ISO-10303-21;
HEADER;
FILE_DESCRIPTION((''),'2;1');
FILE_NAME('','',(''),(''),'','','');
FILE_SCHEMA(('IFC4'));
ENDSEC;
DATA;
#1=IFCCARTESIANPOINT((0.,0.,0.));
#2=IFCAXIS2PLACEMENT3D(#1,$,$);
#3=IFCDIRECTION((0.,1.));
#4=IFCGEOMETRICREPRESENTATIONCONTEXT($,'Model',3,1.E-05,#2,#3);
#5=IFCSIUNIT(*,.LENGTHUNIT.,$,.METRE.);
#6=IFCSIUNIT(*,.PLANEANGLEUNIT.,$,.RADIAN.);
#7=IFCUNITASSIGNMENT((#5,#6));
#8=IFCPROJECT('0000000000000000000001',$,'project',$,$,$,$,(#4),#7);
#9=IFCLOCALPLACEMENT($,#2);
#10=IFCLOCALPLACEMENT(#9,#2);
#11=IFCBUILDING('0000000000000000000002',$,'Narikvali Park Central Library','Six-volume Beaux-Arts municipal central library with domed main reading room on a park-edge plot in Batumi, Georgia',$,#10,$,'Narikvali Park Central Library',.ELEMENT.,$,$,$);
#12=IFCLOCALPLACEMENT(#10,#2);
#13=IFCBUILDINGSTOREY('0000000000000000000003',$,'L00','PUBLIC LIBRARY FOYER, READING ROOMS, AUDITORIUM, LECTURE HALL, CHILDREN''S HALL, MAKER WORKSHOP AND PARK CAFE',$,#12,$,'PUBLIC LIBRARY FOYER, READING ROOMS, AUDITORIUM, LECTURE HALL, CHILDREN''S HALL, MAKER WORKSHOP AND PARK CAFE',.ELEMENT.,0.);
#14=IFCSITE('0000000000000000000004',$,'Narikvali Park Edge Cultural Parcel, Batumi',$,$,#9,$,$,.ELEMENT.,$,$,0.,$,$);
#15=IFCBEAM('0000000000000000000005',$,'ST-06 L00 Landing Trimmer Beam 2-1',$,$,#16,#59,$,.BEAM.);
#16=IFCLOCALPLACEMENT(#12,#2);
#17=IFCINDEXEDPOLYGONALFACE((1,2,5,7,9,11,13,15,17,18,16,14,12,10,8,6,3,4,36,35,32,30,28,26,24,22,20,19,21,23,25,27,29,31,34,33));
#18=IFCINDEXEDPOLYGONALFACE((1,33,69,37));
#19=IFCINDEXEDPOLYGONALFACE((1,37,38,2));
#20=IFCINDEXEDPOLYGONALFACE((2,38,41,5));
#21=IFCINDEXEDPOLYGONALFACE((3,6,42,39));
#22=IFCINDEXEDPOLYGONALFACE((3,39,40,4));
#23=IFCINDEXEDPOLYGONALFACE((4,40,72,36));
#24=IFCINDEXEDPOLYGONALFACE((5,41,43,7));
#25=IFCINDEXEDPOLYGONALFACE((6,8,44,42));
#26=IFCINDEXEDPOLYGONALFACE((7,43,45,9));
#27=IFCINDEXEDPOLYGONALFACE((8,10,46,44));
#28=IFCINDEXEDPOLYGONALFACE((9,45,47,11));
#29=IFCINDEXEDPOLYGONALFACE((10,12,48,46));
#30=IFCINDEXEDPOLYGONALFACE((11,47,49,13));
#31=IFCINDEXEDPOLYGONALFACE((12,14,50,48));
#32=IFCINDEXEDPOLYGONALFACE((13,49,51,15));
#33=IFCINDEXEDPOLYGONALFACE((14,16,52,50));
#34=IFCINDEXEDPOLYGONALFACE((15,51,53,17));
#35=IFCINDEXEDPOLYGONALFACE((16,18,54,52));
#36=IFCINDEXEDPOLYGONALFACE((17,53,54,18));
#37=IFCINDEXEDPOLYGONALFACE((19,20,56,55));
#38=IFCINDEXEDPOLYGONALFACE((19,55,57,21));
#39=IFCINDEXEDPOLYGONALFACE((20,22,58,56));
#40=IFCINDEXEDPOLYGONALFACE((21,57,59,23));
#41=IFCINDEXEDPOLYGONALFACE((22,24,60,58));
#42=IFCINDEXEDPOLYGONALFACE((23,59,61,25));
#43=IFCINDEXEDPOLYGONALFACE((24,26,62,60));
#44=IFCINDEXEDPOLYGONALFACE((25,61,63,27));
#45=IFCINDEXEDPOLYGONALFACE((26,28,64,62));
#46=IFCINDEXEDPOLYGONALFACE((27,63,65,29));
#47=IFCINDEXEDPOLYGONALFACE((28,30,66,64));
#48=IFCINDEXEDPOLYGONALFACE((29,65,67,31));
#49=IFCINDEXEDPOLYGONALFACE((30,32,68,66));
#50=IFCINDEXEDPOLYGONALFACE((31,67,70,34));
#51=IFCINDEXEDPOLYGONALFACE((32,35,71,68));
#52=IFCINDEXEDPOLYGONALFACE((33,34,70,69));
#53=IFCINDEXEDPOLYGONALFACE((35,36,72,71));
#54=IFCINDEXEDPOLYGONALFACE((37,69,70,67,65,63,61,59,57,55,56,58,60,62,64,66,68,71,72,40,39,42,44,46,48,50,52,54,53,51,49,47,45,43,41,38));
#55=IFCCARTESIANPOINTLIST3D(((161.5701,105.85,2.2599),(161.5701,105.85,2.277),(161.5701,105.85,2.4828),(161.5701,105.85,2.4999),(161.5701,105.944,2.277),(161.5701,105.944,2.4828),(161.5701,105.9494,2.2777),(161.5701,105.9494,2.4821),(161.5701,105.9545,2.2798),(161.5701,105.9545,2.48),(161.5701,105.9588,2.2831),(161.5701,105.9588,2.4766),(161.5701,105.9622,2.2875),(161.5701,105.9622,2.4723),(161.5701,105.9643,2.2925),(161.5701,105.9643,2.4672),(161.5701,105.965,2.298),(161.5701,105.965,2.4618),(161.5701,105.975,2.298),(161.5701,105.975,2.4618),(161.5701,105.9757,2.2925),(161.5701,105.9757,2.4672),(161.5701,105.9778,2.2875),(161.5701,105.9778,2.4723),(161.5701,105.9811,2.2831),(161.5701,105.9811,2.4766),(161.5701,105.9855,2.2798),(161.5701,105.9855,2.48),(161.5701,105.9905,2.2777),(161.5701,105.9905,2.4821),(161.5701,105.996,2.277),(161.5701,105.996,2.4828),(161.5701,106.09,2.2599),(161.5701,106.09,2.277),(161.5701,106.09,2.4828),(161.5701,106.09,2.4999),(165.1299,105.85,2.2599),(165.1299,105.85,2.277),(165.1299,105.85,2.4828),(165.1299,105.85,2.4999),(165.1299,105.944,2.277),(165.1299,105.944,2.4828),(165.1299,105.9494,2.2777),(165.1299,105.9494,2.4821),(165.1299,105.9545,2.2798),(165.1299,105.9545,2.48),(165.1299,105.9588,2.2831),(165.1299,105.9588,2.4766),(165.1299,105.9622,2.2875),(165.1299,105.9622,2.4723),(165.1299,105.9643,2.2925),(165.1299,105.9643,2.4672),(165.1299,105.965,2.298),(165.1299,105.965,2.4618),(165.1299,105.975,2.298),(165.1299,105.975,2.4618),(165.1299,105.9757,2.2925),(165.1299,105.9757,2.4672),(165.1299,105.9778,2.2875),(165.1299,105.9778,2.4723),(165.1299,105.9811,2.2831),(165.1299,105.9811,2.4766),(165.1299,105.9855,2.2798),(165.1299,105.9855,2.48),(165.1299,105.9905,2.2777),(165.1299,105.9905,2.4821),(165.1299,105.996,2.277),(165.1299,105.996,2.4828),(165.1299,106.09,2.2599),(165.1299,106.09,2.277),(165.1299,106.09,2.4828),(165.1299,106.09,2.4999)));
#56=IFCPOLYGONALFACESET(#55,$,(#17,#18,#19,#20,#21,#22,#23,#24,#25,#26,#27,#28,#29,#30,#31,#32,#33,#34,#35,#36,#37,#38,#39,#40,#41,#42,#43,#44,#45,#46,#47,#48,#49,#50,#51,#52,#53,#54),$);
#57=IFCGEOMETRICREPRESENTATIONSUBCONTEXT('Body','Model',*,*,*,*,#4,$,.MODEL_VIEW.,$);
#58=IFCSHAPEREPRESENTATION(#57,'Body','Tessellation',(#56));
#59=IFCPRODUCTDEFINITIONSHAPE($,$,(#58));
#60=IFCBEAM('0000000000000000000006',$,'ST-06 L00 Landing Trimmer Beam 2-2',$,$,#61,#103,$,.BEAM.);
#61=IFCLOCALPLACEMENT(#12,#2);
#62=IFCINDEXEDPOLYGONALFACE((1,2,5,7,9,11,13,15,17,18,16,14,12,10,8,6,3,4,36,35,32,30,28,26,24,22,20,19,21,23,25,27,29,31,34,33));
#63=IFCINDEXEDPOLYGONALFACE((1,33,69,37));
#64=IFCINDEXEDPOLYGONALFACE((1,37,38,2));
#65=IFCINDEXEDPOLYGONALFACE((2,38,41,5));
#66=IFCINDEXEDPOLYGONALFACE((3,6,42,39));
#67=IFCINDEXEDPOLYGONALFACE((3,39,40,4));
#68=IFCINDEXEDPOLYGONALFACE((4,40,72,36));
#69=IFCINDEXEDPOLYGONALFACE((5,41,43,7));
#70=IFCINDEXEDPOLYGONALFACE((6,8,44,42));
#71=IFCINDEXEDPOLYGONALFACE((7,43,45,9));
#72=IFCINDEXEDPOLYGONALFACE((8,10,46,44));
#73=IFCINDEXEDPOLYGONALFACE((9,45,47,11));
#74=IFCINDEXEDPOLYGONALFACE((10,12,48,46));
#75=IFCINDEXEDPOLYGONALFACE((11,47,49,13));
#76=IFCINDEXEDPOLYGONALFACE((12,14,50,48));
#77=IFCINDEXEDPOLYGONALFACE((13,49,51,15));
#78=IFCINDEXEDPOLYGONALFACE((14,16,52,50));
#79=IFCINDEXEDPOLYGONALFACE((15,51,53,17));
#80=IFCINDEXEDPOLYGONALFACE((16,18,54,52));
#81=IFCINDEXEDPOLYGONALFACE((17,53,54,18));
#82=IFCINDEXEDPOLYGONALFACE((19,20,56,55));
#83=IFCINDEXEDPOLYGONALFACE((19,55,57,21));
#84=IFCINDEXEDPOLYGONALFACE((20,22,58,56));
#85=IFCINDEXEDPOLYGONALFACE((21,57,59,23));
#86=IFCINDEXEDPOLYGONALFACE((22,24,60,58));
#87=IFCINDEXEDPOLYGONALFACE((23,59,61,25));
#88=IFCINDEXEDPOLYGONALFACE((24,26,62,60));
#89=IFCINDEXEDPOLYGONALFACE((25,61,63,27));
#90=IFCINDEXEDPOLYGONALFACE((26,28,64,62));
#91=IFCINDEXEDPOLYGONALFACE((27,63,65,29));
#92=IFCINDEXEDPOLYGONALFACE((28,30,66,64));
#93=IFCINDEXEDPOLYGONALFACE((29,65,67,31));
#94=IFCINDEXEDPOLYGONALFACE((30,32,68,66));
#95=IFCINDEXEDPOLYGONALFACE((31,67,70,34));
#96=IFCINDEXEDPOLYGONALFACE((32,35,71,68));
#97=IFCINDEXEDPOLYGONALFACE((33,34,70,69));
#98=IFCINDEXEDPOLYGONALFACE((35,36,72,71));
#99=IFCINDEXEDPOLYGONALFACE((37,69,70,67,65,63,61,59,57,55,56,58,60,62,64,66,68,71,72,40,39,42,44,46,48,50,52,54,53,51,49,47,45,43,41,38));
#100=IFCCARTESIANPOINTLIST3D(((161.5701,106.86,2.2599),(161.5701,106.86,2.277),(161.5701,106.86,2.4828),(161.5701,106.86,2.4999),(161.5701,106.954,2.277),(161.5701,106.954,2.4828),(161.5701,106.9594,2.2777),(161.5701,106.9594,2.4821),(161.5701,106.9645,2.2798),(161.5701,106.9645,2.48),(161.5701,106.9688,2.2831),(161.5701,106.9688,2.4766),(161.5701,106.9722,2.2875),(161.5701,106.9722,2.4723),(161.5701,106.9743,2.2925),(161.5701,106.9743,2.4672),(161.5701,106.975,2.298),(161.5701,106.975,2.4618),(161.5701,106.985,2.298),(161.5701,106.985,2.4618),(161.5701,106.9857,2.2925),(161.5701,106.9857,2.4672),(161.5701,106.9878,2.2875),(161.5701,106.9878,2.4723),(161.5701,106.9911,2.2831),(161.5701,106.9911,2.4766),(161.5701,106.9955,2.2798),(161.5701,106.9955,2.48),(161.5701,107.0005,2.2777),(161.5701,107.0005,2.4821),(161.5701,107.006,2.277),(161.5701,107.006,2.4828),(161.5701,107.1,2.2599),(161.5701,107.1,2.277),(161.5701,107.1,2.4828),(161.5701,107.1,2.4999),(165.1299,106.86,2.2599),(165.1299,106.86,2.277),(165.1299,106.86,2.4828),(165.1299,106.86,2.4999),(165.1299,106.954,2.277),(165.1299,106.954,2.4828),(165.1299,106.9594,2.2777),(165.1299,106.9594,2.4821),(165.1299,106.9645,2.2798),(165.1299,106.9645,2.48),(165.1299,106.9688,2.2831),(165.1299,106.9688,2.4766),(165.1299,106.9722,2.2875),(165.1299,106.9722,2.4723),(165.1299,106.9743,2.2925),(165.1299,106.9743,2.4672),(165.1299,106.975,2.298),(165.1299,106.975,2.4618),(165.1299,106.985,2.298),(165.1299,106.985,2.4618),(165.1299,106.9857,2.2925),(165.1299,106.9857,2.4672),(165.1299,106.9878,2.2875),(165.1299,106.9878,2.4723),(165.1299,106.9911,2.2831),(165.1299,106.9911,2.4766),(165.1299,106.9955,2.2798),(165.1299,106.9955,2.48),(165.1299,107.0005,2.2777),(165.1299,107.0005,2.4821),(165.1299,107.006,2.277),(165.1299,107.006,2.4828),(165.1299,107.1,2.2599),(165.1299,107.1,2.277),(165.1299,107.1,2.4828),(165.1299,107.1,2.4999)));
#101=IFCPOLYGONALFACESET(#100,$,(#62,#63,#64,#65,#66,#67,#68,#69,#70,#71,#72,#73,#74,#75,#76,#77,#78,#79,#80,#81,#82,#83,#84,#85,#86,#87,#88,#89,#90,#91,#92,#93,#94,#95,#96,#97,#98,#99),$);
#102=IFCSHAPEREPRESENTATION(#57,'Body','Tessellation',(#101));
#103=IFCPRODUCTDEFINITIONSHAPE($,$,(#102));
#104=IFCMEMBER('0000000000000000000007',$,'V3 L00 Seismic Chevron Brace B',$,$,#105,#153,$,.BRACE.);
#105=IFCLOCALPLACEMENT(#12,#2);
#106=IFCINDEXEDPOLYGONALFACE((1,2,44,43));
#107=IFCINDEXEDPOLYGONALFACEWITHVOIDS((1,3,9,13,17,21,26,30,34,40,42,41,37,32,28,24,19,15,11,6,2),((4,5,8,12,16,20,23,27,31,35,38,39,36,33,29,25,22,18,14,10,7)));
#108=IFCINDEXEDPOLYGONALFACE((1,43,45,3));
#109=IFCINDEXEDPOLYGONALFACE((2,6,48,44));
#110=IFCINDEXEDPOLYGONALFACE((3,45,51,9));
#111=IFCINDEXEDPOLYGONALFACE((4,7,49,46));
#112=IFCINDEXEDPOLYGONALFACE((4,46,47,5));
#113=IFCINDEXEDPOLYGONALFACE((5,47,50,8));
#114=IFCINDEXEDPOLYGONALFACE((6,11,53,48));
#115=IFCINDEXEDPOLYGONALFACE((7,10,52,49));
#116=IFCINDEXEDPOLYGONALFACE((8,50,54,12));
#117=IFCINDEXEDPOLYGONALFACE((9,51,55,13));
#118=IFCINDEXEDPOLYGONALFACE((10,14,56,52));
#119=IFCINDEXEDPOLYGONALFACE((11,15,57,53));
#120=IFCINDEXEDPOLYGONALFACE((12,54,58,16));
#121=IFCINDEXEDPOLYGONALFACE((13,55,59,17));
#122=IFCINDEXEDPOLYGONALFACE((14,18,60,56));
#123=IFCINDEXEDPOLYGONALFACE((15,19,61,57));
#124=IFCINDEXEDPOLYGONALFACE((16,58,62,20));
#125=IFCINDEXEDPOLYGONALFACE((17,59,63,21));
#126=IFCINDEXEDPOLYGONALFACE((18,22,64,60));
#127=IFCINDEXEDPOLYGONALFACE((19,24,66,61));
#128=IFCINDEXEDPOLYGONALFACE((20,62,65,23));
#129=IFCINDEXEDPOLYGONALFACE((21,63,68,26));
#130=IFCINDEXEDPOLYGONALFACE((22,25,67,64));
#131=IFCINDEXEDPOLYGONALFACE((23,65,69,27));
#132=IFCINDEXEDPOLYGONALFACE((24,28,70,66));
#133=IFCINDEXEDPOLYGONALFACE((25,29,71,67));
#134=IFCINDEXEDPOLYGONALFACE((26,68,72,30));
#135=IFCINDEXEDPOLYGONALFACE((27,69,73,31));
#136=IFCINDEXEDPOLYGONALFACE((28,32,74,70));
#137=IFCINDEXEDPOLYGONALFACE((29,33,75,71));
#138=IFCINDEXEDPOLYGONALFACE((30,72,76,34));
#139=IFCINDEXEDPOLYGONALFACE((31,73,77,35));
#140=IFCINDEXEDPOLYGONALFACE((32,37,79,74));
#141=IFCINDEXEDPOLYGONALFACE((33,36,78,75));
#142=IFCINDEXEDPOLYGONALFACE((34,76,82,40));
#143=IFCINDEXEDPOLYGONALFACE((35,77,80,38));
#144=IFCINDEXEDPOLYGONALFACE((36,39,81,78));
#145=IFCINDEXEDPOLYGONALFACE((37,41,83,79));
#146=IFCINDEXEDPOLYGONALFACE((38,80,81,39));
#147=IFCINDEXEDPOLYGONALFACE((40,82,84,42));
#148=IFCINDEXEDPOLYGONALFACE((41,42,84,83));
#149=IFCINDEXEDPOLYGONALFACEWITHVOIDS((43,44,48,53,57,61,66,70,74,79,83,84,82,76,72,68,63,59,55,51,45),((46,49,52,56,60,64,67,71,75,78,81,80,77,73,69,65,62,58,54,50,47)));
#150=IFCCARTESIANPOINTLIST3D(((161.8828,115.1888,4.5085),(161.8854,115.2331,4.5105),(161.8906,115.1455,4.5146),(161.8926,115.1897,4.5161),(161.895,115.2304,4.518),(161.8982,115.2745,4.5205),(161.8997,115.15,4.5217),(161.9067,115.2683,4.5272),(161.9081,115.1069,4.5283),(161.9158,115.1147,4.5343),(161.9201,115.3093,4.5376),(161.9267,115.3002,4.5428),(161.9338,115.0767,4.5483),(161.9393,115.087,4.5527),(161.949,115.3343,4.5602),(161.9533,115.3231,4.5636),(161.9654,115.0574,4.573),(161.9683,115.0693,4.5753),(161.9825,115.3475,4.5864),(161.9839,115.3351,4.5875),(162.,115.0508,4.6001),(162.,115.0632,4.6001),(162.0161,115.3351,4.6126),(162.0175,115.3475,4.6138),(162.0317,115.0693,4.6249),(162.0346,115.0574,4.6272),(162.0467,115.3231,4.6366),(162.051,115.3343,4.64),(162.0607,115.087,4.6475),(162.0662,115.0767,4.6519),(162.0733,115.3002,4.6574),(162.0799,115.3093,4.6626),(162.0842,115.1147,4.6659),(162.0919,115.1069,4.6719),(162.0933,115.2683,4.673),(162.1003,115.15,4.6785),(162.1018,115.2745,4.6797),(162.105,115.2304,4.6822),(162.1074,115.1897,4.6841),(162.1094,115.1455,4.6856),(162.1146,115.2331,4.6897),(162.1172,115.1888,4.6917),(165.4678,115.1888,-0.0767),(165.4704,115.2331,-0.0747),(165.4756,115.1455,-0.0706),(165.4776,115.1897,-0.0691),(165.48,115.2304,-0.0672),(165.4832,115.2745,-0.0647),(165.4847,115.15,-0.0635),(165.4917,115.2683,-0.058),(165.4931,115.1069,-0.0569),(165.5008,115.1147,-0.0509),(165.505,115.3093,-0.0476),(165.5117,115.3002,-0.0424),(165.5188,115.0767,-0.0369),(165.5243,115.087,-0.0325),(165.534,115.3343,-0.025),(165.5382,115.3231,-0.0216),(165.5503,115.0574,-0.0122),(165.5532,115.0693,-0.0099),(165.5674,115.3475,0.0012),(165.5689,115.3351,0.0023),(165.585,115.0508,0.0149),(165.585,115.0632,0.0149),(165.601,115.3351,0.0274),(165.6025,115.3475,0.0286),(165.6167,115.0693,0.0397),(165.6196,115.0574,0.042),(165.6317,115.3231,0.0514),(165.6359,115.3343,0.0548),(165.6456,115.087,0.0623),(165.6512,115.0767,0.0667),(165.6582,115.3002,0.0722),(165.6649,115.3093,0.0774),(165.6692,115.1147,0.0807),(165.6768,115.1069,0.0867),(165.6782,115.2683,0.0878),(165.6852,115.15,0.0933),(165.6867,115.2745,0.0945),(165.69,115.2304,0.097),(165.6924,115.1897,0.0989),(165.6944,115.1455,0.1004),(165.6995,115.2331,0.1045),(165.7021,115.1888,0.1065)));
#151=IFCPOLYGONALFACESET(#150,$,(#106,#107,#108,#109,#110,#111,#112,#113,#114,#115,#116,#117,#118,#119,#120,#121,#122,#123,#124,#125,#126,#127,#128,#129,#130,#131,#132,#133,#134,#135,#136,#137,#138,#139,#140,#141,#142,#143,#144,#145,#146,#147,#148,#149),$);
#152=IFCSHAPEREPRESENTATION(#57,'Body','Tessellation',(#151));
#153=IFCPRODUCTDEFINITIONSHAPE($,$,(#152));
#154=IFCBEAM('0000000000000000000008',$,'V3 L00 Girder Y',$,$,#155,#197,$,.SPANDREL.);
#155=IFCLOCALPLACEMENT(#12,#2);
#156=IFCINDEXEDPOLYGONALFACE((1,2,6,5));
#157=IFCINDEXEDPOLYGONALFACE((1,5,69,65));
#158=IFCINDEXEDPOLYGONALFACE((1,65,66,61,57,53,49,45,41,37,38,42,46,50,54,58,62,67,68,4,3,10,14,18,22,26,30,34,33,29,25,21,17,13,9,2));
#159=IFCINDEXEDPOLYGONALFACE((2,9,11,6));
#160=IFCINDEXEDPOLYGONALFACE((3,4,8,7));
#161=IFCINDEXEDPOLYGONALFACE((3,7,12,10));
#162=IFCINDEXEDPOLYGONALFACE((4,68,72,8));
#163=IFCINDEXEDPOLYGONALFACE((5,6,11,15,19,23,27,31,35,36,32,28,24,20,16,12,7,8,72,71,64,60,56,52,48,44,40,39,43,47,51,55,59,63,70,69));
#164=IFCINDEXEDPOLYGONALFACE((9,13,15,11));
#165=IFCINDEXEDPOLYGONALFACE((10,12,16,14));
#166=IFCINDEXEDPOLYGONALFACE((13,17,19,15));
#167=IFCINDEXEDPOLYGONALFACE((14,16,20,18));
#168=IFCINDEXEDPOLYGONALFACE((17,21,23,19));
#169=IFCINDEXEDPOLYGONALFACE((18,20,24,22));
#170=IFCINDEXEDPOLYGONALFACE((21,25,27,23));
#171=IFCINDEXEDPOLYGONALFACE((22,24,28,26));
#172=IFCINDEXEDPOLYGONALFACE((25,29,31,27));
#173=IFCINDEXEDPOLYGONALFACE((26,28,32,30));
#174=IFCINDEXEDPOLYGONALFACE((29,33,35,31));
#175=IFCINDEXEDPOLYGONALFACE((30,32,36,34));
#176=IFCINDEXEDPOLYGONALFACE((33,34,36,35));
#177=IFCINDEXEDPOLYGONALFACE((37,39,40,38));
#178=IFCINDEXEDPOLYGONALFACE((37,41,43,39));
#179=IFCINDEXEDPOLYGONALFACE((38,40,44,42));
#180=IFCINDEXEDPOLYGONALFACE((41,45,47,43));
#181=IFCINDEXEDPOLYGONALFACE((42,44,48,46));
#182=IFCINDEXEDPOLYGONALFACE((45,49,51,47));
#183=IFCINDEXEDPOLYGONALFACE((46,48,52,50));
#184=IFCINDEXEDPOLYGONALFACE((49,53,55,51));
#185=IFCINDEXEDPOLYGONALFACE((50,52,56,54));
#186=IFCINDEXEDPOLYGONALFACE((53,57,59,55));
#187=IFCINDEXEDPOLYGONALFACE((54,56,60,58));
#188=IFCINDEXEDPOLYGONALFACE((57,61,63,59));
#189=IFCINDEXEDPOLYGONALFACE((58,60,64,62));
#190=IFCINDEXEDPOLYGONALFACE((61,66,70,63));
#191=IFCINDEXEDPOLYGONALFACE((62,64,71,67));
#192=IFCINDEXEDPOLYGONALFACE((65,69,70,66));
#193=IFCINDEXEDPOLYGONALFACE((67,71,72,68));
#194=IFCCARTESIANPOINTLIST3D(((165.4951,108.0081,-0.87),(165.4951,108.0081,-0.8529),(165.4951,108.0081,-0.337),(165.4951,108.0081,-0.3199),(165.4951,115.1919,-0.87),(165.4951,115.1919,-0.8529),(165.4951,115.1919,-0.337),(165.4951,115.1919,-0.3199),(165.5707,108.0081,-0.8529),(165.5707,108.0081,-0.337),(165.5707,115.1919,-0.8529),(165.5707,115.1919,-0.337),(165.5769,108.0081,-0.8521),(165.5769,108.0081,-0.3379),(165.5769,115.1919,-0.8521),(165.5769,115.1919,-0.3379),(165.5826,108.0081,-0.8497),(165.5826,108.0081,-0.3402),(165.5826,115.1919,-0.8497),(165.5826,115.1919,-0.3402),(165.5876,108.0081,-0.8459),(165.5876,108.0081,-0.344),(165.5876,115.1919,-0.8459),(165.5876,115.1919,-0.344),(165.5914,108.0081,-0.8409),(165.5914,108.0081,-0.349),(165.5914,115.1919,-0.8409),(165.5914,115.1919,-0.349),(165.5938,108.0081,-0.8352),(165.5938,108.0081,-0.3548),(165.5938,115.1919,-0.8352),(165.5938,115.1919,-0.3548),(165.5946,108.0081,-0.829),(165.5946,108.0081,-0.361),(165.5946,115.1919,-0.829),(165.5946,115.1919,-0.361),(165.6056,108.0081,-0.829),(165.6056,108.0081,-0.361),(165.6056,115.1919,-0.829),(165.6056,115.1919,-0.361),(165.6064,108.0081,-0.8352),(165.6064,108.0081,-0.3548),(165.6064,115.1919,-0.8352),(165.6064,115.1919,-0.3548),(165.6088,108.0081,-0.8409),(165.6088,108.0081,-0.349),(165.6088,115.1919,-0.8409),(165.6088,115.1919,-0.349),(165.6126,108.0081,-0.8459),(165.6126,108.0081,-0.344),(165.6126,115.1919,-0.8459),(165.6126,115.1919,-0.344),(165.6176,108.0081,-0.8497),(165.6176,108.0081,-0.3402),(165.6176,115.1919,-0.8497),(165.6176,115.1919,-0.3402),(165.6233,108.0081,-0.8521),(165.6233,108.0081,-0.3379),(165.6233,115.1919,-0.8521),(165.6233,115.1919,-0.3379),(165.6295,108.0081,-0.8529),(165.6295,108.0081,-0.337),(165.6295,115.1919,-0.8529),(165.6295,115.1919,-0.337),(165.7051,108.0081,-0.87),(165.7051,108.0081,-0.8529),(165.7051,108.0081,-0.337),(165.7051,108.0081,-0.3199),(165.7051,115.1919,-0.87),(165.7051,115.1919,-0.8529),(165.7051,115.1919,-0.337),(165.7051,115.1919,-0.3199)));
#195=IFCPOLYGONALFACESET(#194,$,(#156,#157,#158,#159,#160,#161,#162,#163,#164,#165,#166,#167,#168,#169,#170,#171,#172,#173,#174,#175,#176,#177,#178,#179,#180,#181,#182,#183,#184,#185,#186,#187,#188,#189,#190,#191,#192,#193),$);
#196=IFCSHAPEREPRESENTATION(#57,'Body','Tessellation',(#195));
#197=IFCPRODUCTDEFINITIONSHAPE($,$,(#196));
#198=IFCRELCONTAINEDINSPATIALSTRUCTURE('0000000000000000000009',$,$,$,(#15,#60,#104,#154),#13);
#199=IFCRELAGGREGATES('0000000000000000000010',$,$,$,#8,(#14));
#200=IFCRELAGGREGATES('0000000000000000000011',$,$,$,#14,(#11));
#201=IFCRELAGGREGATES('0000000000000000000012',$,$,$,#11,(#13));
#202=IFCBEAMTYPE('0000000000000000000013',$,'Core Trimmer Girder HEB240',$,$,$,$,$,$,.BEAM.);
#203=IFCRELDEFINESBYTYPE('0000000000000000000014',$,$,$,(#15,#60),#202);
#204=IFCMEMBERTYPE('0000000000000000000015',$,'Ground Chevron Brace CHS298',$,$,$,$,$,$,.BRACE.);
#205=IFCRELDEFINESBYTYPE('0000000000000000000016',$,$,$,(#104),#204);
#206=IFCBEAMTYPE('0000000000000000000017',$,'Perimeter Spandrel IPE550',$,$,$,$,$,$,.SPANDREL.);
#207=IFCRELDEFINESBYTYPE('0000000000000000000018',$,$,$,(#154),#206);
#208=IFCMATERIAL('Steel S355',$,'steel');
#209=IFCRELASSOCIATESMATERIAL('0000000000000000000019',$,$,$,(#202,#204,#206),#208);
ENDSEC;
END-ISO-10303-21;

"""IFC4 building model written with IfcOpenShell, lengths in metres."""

from ifc_helpers import new_model, si_unit, direction, frame, origin, origin_2d, place, context, subcontext, project, spatial, hollow_circle, i_section, extrude, material, material_profile, profile_set, type_object, element, save


model = new_model("IFC4")

# Units and contexts
model_context = context("Model", 3, precision=1e-05, world=origin(), true_north=direction((0.0, 1.0)))
body_context = subcontext(model_context, "Body", "Model", "MODEL_VIEW")
ifc_project = project(units=[si_unit("LENGTHUNIT", "METRE"), si_unit("PLANEANGLEUNIT", "RADIAN")], contexts=[model_context])

# Site, building, storey
site_placement = place(None, origin())
site = spatial("IfcSite", under=ifc_project, at=site_placement, Name="Narikvali Park Edge Cultural Parcel, Batumi", CompositionType="ELEMENT", RefElevation=0.0)
building_placement = place(site_placement, origin())
building = spatial("IfcBuilding", under=site, at=building_placement, Name="Narikvali Park Central Library", Description="Six-volume Beaux-Arts municipal central library with domed main reading room on a park-edge plot in Batumi, Georgia", LongName="Narikvali Park Central Library", CompositionType="ELEMENT")
storey_placement = place(building_placement, origin())
storey = spatial("IfcBuildingStorey", under=building, at=storey_placement, Name="L00", Description="PUBLIC LIBRARY FOYER, READING ROOMS, AUDITORIUM, LECTURE HALL, CHILDREN'S HALL, MAKER WORKSHOP AND PARK CAFE", LongName="PUBLIC LIBRARY FOYER, READING ROOMS, AUDITORIUM, LECTURE HALL, CHILDREN'S HALL, MAKER WORKSHOP AND PARK CAFE", CompositionType="ELEMENT", Elevation=0.0)

# Shared definitions
ifc_material_1 = material(Name="Steel S355", Category="steel")

# Beams
ifc_material_profile_1 = material_profile(ifc_material_1, i_section(OverallWidth=0.24, OverallDepth=0.24, WebThickness=0.01, FlangeThickness=0.0171, FilletRadius=0.021, at=origin_2d()), Name="HEB 240")
ifc_profile_set_1 = profile_set([ifc_material_profile_1], Name="Steel S355")
beam_type_1 = type_object("IfcBeamType", Name="Core Trimmer Girder HEB240", PredefinedType="BEAM", material=ifc_profile_set_1)
for number, where, z_axis, x_axis, name in (
    (1, (161.5701, 105.97, 2.3799), (1.0, 0.0, 0.0), (0.0, 1.0, 0.0), "ST-06 L00 Landing Trimmer Beam 2-1"),
    (2, (161.5701, 106.98, 2.3799), (1.0, 0.0, 0.0), (0.0, 1.0, 0.0), "ST-06 L00 Landing Trimmer Beam 2-2"),
):
    element("IfcBeam", number, at=place(storey_placement, frame(where, z_axis=z_axis, x_axis=x_axis)), inside=storey, type_object=beam_type_1, Name=name, PredefinedType="BEAM", context=body_context, shape_type="SweptSolid", body=[
        extrude(i_section(OverallWidth=0.24, OverallDepth=0.24, WebThickness=0.01, FlangeThickness=0.0171, FilletRadius=0.021, at=origin_2d()), origin(), (0.0, 0.0, 1.0), 3.5598),
    ])

# Member
ifc_material_profile_2 = material_profile(ifc_material_1, hollow_circle(Radius=0.1492, WallThickness=0.0125, at=origin_2d()), Name="CHS 298.5x12.5")
ifc_profile_set_2 = profile_set([ifc_material_profile_2], Name="Steel S355")
member_type = type_object("IfcMemberType", Name="Ground Chevron Brace CHS298", PredefinedType="BRACE", material=ifc_profile_set_2)
member_placement = place(storey_placement, frame((165.585, 115.2, 0.0149), z_axis=(-0.615939, 0.0, 0.787793), x_axis=(0.0, -1.0, 0.0)))
element("IfcMember", 3, at=member_placement, inside=storey, type_object=member_type, Name="V3 L00 Seismic Chevron Brace B", PredefinedType="BRACE", context=body_context, shape_type="SweptSolid", body=[
    extrude(hollow_circle(Radius=0.1492, WallThickness=0.0125, at=origin_2d()), origin(), (0.0, 0.0, 1.0), 5.8203),
])

# Beam
ifc_material_profile_3 = material_profile(ifc_material_1, i_section(OverallWidth=0.21, OverallDepth=0.55, WebThickness=0.011, FlangeThickness=0.0171, FilletRadius=0.0239, at=origin_2d()), Name="IPE 550")
ifc_profile_set_3 = profile_set([ifc_material_profile_3], Name="Steel S355")
beam_type_2 = type_object("IfcBeamType", Name="Perimeter Spandrel IPE550", PredefinedType="SPANDREL", material=ifc_profile_set_3)
beam_placement = place(storey_placement, frame((165.6001, 108.0081, -0.595), z_axis=(0.0, 1.0, 0.0), x_axis=(-1.0, 0.0, 0.0)))
element("IfcBeam", 4, at=beam_placement, inside=storey, type_object=beam_type_2, Name="V3 L00 Girder Y", PredefinedType="SPANDREL", context=body_context, shape_type="SweptSolid", body=[
    extrude(i_section(OverallWidth=0.21, OverallDepth=0.55, WebThickness=0.011, FlangeThickness=0.0171, FilletRadius=0.0239, at=origin_2d()), origin(), (0.0, 0.0, 1.0), 7.1838),
])

save(model, "model.ifc")
